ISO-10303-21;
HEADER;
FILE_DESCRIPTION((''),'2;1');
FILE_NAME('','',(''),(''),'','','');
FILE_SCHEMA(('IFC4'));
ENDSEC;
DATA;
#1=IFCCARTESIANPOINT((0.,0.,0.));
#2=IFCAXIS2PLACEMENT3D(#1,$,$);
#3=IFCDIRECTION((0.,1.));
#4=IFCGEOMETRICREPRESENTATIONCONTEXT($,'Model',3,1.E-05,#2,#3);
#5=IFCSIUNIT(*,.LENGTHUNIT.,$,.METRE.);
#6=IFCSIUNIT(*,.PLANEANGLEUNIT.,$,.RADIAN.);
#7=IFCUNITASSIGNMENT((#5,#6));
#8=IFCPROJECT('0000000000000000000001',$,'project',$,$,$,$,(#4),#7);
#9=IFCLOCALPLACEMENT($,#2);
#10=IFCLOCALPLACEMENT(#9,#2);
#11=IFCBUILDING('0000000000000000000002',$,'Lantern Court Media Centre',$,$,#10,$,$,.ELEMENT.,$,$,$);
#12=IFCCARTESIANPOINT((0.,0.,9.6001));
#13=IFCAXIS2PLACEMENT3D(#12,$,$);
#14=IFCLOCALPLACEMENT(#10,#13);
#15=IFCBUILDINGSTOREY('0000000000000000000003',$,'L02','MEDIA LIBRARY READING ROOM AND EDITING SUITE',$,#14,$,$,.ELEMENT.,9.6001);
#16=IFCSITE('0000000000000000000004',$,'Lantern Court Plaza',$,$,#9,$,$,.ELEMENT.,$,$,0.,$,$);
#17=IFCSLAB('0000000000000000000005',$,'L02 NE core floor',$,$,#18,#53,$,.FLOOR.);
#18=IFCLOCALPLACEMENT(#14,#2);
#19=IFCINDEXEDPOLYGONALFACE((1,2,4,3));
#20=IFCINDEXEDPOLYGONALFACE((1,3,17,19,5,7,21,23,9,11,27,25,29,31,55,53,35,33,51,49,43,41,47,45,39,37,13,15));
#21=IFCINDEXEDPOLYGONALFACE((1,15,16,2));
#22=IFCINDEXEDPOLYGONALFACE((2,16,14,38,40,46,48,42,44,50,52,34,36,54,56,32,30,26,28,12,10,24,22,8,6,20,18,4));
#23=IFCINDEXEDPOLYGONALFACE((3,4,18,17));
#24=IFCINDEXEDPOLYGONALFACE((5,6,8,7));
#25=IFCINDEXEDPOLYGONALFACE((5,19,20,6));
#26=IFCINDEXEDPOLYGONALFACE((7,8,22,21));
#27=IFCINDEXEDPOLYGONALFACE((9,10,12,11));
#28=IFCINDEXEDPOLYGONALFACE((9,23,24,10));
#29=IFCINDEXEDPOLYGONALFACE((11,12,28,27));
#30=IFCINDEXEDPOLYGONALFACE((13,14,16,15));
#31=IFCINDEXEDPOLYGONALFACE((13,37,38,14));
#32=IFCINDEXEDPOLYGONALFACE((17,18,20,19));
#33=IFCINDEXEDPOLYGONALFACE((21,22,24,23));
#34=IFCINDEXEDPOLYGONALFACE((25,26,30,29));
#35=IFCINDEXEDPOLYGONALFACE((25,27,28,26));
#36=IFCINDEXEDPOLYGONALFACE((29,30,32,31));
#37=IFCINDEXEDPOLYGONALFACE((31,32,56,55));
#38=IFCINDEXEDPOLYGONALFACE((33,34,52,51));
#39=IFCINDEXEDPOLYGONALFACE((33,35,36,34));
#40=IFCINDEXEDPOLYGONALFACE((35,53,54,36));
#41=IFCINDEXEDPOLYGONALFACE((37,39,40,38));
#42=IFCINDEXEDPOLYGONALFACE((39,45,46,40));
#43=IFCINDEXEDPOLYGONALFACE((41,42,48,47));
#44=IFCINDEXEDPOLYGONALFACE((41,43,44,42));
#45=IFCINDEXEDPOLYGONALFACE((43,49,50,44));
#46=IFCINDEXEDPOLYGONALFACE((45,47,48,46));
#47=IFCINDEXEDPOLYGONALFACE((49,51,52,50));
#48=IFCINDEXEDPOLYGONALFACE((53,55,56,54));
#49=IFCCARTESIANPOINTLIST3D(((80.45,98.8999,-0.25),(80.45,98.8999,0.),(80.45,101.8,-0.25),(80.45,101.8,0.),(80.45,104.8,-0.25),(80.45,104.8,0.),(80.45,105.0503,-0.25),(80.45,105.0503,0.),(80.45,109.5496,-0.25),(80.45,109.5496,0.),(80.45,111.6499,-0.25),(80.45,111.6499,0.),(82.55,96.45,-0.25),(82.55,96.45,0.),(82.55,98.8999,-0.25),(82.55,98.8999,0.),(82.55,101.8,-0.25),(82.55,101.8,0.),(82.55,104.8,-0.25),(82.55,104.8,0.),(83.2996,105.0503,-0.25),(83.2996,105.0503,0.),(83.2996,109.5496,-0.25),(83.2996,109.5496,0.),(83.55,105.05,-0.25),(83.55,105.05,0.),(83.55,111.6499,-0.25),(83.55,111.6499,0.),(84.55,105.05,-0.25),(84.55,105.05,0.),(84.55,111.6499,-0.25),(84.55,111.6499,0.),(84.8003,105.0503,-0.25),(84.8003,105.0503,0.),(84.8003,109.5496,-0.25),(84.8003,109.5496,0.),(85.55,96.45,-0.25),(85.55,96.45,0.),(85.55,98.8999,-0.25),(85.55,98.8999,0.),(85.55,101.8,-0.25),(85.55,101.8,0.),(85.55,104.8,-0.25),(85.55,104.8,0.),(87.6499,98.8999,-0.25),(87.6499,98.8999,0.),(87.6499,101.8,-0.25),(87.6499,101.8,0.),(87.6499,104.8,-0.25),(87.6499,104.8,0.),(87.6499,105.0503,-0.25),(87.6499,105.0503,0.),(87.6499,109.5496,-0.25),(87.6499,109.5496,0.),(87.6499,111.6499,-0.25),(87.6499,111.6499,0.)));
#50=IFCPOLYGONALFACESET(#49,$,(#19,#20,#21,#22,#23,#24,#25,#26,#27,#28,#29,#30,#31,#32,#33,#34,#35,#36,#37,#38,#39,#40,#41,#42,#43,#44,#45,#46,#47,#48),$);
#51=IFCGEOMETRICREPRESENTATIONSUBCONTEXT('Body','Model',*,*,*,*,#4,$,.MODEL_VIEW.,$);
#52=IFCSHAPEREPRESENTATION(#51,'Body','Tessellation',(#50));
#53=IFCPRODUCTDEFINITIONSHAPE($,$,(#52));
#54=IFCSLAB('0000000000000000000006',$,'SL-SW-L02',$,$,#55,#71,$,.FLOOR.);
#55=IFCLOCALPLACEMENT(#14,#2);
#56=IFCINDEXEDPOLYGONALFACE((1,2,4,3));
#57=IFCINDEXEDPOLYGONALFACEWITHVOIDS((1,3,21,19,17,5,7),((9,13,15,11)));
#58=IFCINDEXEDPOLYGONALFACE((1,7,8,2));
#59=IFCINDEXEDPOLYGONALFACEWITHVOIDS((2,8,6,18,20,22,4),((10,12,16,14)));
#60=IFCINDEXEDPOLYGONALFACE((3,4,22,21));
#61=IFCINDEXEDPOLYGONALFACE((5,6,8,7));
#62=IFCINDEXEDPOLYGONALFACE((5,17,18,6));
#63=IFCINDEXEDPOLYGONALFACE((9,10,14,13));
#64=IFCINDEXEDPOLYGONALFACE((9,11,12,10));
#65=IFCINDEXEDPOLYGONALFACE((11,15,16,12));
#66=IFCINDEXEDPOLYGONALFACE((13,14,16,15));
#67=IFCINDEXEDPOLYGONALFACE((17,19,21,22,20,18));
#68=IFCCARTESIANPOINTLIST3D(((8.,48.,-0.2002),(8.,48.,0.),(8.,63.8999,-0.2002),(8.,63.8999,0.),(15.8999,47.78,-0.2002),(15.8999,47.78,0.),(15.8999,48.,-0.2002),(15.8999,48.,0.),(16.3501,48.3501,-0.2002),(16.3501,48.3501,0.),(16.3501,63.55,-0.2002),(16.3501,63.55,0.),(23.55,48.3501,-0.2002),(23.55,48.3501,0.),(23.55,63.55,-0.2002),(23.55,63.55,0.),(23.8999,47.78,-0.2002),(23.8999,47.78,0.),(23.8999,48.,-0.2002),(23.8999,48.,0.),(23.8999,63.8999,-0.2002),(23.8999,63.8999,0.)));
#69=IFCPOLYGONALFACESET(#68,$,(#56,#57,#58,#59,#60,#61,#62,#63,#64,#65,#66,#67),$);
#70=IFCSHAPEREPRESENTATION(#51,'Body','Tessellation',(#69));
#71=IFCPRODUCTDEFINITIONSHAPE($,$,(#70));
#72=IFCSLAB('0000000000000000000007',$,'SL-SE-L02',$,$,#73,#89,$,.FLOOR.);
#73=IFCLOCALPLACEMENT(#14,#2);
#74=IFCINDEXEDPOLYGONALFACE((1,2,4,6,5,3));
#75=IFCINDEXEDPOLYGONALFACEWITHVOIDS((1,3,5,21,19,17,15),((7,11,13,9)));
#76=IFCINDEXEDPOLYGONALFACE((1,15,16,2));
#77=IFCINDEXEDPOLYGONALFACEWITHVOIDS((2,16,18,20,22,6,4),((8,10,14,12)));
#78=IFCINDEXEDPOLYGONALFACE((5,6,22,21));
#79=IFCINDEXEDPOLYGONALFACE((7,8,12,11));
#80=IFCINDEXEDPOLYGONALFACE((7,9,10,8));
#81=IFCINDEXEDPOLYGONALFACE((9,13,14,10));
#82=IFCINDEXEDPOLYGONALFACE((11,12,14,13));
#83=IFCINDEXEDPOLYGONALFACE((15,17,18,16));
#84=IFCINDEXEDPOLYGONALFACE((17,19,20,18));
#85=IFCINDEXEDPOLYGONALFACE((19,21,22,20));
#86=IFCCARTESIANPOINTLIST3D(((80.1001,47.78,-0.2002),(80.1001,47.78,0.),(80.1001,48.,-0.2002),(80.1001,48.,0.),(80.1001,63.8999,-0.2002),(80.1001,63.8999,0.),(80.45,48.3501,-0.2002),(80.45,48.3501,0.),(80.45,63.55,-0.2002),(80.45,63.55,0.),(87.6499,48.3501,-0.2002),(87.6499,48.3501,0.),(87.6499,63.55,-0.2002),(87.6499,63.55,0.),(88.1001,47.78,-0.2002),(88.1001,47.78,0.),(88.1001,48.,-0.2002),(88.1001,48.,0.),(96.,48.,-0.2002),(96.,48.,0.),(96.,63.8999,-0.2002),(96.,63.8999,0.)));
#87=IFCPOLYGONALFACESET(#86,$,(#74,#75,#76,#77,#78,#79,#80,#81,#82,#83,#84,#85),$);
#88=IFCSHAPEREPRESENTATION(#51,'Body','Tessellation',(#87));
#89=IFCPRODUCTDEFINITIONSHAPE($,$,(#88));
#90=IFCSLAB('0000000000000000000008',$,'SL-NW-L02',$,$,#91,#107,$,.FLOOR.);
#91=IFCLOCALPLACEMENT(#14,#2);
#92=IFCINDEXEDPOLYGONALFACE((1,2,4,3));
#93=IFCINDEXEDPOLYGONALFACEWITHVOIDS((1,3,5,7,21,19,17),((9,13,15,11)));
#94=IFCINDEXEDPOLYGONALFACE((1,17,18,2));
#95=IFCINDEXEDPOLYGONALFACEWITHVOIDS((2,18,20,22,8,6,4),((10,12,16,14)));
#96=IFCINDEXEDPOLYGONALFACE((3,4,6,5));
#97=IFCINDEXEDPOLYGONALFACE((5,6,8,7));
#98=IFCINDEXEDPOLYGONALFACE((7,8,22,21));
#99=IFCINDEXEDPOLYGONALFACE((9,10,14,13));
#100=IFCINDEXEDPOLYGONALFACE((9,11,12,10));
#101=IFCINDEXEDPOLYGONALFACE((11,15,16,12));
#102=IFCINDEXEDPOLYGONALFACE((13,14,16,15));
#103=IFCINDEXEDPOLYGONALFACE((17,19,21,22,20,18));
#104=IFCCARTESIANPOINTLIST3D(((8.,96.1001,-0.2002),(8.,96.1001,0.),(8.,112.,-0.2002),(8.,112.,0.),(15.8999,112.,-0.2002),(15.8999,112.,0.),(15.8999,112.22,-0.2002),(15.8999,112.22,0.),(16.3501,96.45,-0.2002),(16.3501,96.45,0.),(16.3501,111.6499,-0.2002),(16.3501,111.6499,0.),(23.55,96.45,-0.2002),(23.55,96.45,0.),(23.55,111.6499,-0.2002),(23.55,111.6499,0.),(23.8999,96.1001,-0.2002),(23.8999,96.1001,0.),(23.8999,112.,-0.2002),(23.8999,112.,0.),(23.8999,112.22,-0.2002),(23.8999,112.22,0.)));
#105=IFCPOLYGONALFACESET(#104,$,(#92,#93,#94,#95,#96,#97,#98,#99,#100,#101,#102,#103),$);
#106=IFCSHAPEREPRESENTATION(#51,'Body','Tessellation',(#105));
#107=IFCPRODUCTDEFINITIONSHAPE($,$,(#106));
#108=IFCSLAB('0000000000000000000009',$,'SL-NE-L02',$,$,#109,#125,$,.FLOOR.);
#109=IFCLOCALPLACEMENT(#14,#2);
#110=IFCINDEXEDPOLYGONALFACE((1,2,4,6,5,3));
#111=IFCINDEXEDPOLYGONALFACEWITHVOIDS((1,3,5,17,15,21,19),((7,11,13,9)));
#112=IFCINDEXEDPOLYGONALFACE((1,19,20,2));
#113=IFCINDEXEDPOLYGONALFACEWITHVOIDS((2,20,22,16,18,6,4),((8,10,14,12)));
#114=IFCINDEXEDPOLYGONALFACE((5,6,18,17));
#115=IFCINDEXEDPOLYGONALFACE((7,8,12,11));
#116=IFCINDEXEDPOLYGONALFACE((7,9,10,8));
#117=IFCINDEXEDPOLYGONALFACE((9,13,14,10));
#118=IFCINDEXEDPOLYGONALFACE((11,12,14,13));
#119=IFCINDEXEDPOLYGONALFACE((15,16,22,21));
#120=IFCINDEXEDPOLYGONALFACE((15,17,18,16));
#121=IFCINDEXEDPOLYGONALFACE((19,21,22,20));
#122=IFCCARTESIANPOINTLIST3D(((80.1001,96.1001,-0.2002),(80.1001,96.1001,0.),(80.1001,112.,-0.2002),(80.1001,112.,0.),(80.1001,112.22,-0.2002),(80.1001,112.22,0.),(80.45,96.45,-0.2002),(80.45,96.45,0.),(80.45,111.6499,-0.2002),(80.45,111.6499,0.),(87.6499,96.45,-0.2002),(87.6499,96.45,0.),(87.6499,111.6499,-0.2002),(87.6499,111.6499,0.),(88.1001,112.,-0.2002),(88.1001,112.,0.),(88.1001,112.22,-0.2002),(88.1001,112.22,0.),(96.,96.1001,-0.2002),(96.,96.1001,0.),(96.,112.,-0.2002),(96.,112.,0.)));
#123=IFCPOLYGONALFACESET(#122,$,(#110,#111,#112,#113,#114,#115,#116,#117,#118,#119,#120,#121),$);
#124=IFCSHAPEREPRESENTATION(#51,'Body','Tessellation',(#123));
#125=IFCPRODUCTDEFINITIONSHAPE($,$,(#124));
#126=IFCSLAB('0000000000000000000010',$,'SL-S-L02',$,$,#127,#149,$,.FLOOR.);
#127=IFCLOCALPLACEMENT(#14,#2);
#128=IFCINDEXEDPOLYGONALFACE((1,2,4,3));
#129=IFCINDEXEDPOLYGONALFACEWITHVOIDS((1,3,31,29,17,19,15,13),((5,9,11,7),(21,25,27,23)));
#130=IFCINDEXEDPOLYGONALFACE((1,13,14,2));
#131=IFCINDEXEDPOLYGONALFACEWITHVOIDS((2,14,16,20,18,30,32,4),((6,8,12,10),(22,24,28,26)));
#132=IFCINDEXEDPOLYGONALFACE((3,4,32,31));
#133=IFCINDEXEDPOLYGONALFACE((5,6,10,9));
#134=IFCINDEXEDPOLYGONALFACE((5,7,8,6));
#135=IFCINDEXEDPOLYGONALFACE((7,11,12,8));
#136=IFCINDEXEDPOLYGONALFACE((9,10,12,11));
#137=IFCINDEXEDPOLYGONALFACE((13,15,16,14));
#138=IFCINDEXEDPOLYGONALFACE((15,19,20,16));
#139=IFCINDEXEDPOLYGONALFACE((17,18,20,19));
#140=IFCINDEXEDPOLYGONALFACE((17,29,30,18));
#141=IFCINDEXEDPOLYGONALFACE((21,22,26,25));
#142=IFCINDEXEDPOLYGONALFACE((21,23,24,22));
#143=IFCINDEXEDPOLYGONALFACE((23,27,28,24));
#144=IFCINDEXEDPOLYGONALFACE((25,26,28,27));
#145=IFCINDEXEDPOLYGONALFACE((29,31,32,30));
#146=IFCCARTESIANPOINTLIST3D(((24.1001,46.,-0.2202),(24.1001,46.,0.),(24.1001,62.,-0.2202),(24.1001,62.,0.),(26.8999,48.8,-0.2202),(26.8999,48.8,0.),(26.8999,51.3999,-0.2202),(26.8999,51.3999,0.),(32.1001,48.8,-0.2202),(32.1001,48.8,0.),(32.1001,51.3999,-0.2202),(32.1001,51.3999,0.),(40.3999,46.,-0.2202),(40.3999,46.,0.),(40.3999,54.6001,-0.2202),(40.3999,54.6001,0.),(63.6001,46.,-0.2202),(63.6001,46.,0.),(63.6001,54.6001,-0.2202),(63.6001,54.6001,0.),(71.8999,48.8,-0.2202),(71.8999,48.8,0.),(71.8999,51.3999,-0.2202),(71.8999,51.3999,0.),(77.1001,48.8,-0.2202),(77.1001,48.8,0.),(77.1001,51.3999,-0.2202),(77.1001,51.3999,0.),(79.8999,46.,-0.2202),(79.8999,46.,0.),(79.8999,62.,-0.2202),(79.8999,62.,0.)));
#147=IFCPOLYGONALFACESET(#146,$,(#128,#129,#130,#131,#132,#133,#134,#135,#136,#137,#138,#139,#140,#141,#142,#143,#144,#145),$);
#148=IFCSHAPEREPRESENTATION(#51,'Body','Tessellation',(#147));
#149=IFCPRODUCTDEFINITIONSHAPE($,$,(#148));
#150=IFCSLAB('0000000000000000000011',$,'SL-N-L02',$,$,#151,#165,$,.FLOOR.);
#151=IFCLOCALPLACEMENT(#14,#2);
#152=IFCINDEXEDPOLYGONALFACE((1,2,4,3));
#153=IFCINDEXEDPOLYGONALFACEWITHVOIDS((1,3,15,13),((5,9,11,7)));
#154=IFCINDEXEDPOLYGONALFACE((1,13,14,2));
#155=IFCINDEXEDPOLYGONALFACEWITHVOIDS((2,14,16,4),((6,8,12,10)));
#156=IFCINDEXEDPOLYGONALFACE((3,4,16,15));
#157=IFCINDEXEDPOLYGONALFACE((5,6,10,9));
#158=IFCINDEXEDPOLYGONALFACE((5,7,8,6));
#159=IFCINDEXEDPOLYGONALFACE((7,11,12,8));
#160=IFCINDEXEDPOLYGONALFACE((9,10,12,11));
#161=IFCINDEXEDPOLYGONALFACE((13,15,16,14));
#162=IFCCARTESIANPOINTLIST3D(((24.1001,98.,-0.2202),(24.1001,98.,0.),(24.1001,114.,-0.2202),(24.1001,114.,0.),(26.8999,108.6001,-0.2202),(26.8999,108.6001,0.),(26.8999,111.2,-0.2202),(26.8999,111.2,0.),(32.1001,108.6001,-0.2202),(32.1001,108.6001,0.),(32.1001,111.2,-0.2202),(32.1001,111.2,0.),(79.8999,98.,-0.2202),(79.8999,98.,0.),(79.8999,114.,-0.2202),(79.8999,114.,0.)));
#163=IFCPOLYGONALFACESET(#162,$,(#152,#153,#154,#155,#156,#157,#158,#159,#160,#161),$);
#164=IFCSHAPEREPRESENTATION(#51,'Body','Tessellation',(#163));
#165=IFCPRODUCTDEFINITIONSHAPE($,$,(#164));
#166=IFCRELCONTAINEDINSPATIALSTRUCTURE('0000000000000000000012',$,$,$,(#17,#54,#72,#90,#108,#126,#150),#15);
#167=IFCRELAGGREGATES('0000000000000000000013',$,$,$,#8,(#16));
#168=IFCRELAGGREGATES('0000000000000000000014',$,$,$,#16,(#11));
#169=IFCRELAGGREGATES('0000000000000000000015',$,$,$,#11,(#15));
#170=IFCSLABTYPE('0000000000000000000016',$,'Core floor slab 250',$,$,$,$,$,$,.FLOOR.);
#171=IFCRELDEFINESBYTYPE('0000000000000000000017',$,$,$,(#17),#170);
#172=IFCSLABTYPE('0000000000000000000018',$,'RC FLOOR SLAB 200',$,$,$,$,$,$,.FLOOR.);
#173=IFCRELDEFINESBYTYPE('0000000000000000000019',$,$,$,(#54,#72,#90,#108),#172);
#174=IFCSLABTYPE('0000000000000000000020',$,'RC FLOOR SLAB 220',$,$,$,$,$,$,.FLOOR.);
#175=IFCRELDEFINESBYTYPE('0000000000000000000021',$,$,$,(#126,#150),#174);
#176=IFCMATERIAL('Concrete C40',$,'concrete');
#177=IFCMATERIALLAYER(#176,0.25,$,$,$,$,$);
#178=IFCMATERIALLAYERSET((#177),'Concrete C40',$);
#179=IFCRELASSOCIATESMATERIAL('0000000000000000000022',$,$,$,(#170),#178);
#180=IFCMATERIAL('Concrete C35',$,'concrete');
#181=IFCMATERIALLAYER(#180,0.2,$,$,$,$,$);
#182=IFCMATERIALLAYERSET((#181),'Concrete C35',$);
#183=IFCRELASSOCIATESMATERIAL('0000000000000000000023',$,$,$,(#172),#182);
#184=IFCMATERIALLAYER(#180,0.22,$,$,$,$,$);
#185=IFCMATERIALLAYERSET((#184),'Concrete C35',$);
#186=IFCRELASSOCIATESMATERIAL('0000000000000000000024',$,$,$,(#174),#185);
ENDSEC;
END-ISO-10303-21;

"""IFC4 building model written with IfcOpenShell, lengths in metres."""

from ifc_helpers import new_model, si_unit, direction, frame, origin, place, context, subcontext, project, spatial, polyline, outline, extrude, material, layer, layer_set, type_object, element, save


model = new_model("IFC4")

# Units and contexts
model_context = context("Model", 3, precision=1e-05, world=origin(), true_north=direction((0.0, 1.0)))
body_context = subcontext(model_context, "Body", "Model", "MODEL_VIEW")
ifc_project = project(units=[si_unit("LENGTHUNIT", "METRE"), si_unit("PLANEANGLEUNIT", "RADIAN")], contexts=[model_context])

# Site, building, storey
site_placement = place(None, origin())
site = spatial("IfcSite", under=ifc_project, at=site_placement, Name="Lantern Court Plaza", CompositionType="ELEMENT", RefElevation=0.0)
building_placement = place(site_placement, origin())
building = spatial("IfcBuilding", under=site, at=building_placement, Name="Lantern Court Media Centre", CompositionType="ELEMENT")
storey_placement = place(building_placement, frame((0.0, 0.0, 9.6001)))
storey = spatial("IfcBuildingStorey", under=building, at=storey_placement, Name="L02", Description="MEDIA LIBRARY READING ROOM AND EDITING SUITE", CompositionType="ELEMENT", Elevation=9.6001)

# Slabs
ifc_material_1 = material(Name="Concrete C40", Category="concrete")
ifc_layer_1 = layer(ifc_material_1, 0.25)
ifc_layer_set_1 = layer_set([ifc_layer_1], Name="Concrete C40")
slab_type_1 = type_object("IfcSlabType", Name="Core floor slab 250", PredefinedType="FLOOR", material=ifc_layer_set_1)
slab_1_placement = place(storey_placement, frame((0.0, 0.0, -0.25)))
element("IfcSlab", 1, at=slab_1_placement, inside=storey, type_object=slab_type_1, Name="L02 NE core floor", PredefinedType="FLOOR", context=body_context, shape_type="SweptSolid", body=[
    extrude(outline(polyline([(87.6499, 101.8), (87.6499, 98.8999), (85.55, 98.8999), (85.55, 96.45), (82.55, 96.45), (82.55, 98.8999), (80.45, 98.8999), (80.45, 101.8), (82.55, 101.8), (82.55, 104.8), (80.45, 104.8), (80.45, 105.0503), (83.2996, 105.0503), (83.2996, 109.5496), (80.45, 109.5496), (80.45, 111.6499), (83.55, 111.6499), (83.55, 105.05), (84.55, 105.05), (84.55, 111.6499), (87.6499, 111.6499), (87.6499, 109.5496), (84.8003, 109.5496), (84.8003, 105.0503), (87.6499, 105.0503), (87.6499, 104.8), (85.55, 104.8), (85.55, 101.8), (87.6499, 101.8)])), origin(), (0.0, 0.0, 1.0), 0.25),
])
ifc_material_2 = material(Name="Concrete C35", Category="concrete")
ifc_layer_2 = layer(ifc_material_2, 0.2)
ifc_layer_set_2 = layer_set([ifc_layer_2], Name="Concrete C35")
slab_type_2 = type_object("IfcSlabType", Name="RC FLOOR SLAB 200", PredefinedType="FLOOR", material=ifc_layer_set_2)
slab_2_placement = place(storey_placement, frame((0.0, 0.0, -0.2002)))
element("IfcSlab", 2, at=slab_2_placement, inside=storey, type_object=slab_type_2, Name="SL-SW-L02", PredefinedType="FLOOR", context=body_context, shape_type="SweptSolid", body=[
    extrude(outline(polyline([(8.0, 63.8999), (23.8999, 63.8999), (23.8999, 48.0), (23.8999, 47.78), (15.8999, 47.78), (15.8999, 48.0), (8.0, 48.0), (8.0, 63.8999)]), holes=[polyline([(16.3501, 63.55), (16.3501, 48.3501), (23.55, 48.3501), (23.55, 63.55), (16.3501, 63.55)])]), origin(), (0.0, 0.0, 1.0), 0.2002),
])
slab_3_placement = place(storey_placement, frame((0.0, 0.0, -0.2002)))
element("IfcSlab", 3, at=slab_3_placement, inside=storey, type_object=slab_type_2, Name="SL-SE-L02", PredefinedType="FLOOR", context=body_context, shape_type="SweptSolid", body=[
    extrude(outline(polyline([(80.1001, 63.8999), (96.0, 63.8999), (96.0, 48.0), (88.1001, 48.0), (88.1001, 47.78), (80.1001, 47.78), (80.1001, 48.0), (80.1001, 63.8999)]), holes=[polyline([(80.45, 63.55), (80.45, 48.3501), (87.6499, 48.3501), (87.6499, 63.55), (80.45, 63.55)])]), origin(), (0.0, 0.0, 1.0), 0.2002),
])
slab_4_placement = place(storey_placement, frame((0.0, 0.0, -0.2002)))
element("IfcSlab", 4, at=slab_4_placement, inside=storey, type_object=slab_type_2, Name="SL-NW-L02", PredefinedType="FLOOR", context=body_context, shape_type="SweptSolid", body=[
    extrude(outline(polyline([(8.0, 112.0), (15.8999, 112.0), (15.8999, 112.22), (23.8999, 112.22), (23.8999, 112.0), (23.8999, 96.1001), (8.0, 96.1001), (8.0, 112.0)]), holes=[polyline([(16.3501, 111.6499), (16.3501, 96.45), (23.55, 96.45), (23.55, 111.6499), (16.3501, 111.6499)])]), origin(), (0.0, 0.0, 1.0), 0.2002),
])
slab_5_placement = place(storey_placement, frame((0.0, 0.0, -0.2002)))
element("IfcSlab", 5, at=slab_5_placement, inside=storey, type_object=slab_type_2, Name="SL-NE-L02", PredefinedType="FLOOR", context=body_context, shape_type="SweptSolid", body=[
    extrude(outline(polyline([(80.1001, 112.0), (80.1001, 112.22), (88.1001, 112.22), (88.1001, 112.0), (96.0, 112.0), (96.0, 96.1001), (80.1001, 96.1001), (80.1001, 112.0)]), holes=[polyline([(80.45, 111.6499), (80.45, 96.45), (87.6499, 96.45), (87.6499, 111.6499), (80.45, 111.6499)])]), origin(), (0.0, 0.0, 1.0), 0.2002),
])
ifc_layer_3 = layer(ifc_material_2, 0.22)
ifc_layer_set_3 = layer_set([ifc_layer_3], Name="Concrete C35")
slab_type_3 = type_object("IfcSlabType", Name="RC FLOOR SLAB 220", PredefinedType="FLOOR", material=ifc_layer_set_3)
slab_6_placement = place(storey_placement, frame((0.0, 0.0, -0.2202)))
element("IfcSlab", 6, at=slab_6_placement, inside=storey, type_object=slab_type_3, Name="SL-S-L02", PredefinedType="FLOOR", context=body_context, shape_type="SweptSolid", body=[
    extrude(outline(polyline([(24.1001, 46.0), (24.1001, 62.0), (79.8999, 62.0), (79.8999, 46.0), (63.6001, 46.0), (63.6001, 54.6001), (40.3999, 54.6001), (40.3999, 46.0), (24.1001, 46.0)]), holes=[polyline([(26.8999, 48.8), (32.1001, 48.8), (32.1001, 51.3999), (26.8999, 51.3999), (26.8999, 48.8)]), polyline([(71.8999, 48.8), (77.1001, 48.8), (77.1001, 51.3999), (71.8999, 51.3999), (71.8999, 48.8)])]), origin(), (0.0, 0.0, 1.0), 0.2202),
])
slab_7_placement = place(storey_placement, frame((0.0, 0.0, -0.2202)))
element("IfcSlab", 7, at=slab_7_placement, inside=storey, type_object=slab_type_3, Name="SL-N-L02", PredefinedType="FLOOR", context=body_context, shape_type="SweptSolid", body=[
    extrude(outline(polyline([(24.1001, 98.0), (24.1001, 114.0), (79.8999, 114.0), (79.8999, 98.0), (24.1001, 98.0)]), holes=[polyline([(32.1001, 111.2), (26.8999, 111.2), (26.8999, 108.6001), (32.1001, 108.6001), (32.1001, 111.2)])]), origin(), (0.0, 0.0, 1.0), 0.2202),
])

save(model, "model.ifc")
